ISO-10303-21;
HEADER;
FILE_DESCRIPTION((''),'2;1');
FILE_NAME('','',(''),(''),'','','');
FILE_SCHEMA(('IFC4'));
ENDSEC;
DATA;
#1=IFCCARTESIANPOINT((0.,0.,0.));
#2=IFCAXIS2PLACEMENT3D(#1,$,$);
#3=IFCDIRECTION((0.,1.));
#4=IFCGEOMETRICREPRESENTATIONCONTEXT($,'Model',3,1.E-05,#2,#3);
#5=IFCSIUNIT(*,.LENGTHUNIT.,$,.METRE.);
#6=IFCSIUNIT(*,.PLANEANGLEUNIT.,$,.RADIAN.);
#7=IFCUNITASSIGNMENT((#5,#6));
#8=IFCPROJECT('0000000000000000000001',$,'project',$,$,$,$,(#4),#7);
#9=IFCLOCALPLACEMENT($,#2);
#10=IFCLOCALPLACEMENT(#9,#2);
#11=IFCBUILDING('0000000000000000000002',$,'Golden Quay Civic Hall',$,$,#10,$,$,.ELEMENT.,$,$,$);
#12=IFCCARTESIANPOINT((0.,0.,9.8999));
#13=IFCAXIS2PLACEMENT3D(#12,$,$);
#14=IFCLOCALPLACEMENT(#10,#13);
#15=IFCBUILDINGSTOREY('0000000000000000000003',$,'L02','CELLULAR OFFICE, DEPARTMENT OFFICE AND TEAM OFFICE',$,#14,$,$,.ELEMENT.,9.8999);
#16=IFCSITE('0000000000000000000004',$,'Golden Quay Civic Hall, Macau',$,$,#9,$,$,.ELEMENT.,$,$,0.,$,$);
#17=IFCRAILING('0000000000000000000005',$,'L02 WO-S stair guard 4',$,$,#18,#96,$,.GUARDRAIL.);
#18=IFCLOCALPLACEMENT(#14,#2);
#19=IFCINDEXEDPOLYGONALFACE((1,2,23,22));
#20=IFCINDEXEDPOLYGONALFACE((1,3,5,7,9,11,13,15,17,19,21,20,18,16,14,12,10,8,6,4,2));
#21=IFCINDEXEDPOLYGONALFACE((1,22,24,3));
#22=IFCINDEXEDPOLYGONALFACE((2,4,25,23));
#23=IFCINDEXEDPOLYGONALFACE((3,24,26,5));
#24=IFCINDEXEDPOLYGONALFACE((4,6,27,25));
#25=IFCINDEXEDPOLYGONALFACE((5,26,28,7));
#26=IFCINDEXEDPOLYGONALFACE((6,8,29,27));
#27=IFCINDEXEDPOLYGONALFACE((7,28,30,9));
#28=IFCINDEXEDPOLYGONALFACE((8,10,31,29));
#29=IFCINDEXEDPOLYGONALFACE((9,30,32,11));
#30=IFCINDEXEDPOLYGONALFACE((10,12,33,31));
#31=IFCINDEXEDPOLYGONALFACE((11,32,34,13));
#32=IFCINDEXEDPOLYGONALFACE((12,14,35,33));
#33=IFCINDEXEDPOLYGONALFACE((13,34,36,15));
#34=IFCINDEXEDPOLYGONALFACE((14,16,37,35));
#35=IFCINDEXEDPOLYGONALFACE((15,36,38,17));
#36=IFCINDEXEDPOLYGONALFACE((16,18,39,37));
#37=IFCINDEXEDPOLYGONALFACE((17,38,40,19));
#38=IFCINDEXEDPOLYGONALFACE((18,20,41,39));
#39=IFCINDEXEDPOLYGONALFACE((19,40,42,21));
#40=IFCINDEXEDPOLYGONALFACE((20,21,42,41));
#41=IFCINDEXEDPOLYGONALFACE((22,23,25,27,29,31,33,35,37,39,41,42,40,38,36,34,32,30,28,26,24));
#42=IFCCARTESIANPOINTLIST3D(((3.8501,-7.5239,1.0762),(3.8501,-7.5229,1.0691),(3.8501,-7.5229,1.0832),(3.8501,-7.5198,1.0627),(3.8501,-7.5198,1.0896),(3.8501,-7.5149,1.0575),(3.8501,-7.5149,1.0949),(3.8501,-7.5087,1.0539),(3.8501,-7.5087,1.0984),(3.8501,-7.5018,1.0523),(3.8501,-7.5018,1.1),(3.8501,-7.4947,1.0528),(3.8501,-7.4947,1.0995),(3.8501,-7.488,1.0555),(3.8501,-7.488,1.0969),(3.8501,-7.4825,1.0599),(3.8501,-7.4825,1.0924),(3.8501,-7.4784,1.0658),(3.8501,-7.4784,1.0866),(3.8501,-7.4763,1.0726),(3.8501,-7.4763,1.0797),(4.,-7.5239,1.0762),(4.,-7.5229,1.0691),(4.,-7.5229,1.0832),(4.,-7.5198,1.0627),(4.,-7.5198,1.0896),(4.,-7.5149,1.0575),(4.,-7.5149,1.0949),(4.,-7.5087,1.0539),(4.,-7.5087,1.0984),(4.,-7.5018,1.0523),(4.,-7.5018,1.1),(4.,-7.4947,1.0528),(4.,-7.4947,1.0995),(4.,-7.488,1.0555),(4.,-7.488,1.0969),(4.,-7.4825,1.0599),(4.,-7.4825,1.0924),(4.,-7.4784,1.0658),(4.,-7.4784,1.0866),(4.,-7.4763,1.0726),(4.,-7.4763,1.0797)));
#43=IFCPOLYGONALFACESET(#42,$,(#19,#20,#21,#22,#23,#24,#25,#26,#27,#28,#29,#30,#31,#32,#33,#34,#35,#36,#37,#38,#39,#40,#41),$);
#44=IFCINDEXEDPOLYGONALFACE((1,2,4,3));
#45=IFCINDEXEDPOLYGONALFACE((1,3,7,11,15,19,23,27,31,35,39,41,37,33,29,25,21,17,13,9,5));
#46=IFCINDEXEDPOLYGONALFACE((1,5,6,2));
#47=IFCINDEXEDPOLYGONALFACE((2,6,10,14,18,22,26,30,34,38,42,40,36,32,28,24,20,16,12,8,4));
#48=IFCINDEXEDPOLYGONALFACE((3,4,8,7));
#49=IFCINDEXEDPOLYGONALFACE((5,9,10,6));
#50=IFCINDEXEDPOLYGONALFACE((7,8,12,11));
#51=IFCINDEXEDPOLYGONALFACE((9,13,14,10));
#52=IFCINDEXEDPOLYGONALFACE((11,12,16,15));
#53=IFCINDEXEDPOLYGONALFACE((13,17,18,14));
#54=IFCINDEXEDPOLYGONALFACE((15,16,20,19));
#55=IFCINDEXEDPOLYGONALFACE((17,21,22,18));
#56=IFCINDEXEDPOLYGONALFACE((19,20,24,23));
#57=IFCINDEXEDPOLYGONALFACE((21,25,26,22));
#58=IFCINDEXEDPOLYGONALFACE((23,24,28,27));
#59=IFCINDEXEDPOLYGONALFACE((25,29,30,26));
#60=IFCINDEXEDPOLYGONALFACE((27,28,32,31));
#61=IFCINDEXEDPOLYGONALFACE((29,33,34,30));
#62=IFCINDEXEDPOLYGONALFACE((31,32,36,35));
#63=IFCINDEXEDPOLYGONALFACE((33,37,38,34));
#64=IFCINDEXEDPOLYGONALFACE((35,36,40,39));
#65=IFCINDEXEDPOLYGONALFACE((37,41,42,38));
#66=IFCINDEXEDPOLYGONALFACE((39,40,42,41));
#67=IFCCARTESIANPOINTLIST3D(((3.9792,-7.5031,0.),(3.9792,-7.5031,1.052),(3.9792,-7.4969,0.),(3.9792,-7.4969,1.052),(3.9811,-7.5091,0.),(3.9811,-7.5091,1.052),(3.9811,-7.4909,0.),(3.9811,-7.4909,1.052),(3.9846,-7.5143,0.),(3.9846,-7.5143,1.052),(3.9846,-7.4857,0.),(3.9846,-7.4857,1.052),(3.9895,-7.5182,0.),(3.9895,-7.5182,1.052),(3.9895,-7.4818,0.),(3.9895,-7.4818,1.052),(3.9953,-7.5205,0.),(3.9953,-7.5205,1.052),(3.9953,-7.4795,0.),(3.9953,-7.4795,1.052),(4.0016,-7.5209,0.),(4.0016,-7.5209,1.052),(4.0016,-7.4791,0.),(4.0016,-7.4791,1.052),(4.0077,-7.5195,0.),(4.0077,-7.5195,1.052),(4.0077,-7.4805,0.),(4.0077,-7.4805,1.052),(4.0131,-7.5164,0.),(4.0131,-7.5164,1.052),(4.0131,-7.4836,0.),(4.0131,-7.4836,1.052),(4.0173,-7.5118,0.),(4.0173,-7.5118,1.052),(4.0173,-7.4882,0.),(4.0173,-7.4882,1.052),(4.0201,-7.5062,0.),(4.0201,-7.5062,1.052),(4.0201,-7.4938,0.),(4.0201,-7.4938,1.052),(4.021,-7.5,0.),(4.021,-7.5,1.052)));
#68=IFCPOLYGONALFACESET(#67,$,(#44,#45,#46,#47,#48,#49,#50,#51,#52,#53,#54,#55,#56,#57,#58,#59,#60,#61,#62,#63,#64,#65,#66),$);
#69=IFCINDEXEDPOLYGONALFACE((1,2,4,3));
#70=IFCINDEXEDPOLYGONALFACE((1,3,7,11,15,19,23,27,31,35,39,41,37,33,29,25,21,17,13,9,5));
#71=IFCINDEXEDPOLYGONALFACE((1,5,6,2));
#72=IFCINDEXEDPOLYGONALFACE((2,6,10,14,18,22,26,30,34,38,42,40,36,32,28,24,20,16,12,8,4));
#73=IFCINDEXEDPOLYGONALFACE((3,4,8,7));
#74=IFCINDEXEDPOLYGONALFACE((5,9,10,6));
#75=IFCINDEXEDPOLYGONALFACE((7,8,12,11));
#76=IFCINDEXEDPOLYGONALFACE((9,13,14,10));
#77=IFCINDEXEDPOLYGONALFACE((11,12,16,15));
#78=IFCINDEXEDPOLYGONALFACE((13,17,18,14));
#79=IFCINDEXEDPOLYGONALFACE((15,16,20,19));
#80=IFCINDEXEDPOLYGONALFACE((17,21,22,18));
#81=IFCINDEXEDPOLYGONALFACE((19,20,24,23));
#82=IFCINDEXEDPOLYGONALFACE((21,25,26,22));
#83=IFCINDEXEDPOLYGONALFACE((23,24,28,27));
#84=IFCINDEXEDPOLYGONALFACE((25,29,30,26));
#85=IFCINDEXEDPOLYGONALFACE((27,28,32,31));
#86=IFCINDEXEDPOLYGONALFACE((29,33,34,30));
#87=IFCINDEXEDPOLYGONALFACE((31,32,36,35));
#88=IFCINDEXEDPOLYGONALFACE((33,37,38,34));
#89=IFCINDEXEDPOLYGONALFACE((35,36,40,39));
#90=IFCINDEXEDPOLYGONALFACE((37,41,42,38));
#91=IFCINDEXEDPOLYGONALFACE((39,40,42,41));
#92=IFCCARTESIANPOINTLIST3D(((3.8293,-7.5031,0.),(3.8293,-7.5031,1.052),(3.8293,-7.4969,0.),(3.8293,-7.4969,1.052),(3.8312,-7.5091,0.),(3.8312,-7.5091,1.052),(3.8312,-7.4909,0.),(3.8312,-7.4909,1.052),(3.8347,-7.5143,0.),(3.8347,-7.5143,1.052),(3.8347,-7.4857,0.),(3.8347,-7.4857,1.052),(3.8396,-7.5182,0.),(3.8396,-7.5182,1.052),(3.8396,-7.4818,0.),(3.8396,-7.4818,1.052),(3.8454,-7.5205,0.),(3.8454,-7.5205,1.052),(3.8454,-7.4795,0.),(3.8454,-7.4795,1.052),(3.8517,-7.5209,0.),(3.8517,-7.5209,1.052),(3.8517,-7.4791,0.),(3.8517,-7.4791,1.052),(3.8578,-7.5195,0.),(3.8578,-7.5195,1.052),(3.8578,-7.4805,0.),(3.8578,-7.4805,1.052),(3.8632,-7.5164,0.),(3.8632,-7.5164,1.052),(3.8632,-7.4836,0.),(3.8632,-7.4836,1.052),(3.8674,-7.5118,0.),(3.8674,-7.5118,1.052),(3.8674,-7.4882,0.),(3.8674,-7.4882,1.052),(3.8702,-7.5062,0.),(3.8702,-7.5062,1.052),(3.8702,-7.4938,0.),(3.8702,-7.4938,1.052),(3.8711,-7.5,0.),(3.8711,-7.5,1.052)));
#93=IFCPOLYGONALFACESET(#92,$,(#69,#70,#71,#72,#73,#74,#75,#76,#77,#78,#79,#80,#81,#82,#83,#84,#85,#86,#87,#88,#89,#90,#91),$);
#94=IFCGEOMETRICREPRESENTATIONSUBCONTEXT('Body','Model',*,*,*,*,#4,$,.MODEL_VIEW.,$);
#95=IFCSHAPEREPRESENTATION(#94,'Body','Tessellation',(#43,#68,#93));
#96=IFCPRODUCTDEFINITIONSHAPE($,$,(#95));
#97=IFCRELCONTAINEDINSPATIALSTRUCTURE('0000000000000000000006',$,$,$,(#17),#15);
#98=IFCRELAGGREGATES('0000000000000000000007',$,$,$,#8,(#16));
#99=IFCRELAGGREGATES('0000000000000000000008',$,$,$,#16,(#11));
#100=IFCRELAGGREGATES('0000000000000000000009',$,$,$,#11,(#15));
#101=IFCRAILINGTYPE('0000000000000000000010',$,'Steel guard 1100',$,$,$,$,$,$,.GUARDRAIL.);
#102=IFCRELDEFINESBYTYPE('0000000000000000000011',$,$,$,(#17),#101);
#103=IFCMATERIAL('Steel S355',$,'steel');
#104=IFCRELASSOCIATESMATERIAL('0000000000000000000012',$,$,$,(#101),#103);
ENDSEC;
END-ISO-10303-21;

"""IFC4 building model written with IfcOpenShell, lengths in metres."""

from ifc_helpers import new_model, si_unit, direction, frame, origin, origin_2d, place, context, subcontext, project, spatial, circle, extrude, material, type_object, element, save


model = new_model("IFC4")

# Units and contexts
model_context = context("Model", 3, precision=1e-05, world=origin(), true_north=direction((0.0, 1.0)))
body_context = subcontext(model_context, "Body", "Model", "MODEL_VIEW")
ifc_project = project(units=[si_unit("LENGTHUNIT", "METRE"), si_unit("PLANEANGLEUNIT", "RADIAN")], contexts=[model_context])

# Site, building, storey
site_placement = place(None, origin())
site = spatial("IfcSite", under=ifc_project, at=site_placement, Name="Golden Quay Civic Hall, Macau", CompositionType="ELEMENT", RefElevation=0.0)
building_placement = place(site_placement, origin())
building = spatial("IfcBuilding", under=site, at=building_placement, Name="Golden Quay Civic Hall", CompositionType="ELEMENT")
storey_placement = place(building_placement, frame((0.0, 0.0, 9.8999)))
storey = spatial("IfcBuildingStorey", under=building, at=storey_placement, Name="L02", Description="CELLULAR OFFICE, DEPARTMENT OFFICE AND TEAM OFFICE", CompositionType="ELEMENT", Elevation=9.8999)

# Railing
ifc_material_1 = material(Name="Steel S355", Category="steel")
railing_type_1 = type_object("IfcRailingType", Name="Steel guard 1100", PredefinedType="GUARDRAIL", material=ifc_material_1)
railing_1_placement = place(storey_placement, frame((4.0, -7.5, 0.0)))
element("IfcRailing", 1, at=railing_1_placement, inside=storey, type_object=railing_type_1, Name="L02 WO-S stair guard 4", PredefinedType="GUARDRAIL", context=body_context, shape_type="SweptSolid", body=[
    extrude(circle(Radius=0.0239, at=origin_2d()), frame((0.0, 0.0, 1.0762), z_axis=(-1.0, 0.0, 0.0), x_axis=(0.0, -1.0, 0.0)), (0.0, 0.0, 1.0), 0.1499),
    extrude(circle(Radius=0.021, at=origin_2d()), origin(), (0.0, 0.0, 1.0), 1.052),
    extrude(circle(Radius=0.021, at=origin_2d()), frame((-0.1499, 0.0, 0.0)), (0.0, 0.0, 1.0), 1.052),
])

save(model, "model.ifc")
